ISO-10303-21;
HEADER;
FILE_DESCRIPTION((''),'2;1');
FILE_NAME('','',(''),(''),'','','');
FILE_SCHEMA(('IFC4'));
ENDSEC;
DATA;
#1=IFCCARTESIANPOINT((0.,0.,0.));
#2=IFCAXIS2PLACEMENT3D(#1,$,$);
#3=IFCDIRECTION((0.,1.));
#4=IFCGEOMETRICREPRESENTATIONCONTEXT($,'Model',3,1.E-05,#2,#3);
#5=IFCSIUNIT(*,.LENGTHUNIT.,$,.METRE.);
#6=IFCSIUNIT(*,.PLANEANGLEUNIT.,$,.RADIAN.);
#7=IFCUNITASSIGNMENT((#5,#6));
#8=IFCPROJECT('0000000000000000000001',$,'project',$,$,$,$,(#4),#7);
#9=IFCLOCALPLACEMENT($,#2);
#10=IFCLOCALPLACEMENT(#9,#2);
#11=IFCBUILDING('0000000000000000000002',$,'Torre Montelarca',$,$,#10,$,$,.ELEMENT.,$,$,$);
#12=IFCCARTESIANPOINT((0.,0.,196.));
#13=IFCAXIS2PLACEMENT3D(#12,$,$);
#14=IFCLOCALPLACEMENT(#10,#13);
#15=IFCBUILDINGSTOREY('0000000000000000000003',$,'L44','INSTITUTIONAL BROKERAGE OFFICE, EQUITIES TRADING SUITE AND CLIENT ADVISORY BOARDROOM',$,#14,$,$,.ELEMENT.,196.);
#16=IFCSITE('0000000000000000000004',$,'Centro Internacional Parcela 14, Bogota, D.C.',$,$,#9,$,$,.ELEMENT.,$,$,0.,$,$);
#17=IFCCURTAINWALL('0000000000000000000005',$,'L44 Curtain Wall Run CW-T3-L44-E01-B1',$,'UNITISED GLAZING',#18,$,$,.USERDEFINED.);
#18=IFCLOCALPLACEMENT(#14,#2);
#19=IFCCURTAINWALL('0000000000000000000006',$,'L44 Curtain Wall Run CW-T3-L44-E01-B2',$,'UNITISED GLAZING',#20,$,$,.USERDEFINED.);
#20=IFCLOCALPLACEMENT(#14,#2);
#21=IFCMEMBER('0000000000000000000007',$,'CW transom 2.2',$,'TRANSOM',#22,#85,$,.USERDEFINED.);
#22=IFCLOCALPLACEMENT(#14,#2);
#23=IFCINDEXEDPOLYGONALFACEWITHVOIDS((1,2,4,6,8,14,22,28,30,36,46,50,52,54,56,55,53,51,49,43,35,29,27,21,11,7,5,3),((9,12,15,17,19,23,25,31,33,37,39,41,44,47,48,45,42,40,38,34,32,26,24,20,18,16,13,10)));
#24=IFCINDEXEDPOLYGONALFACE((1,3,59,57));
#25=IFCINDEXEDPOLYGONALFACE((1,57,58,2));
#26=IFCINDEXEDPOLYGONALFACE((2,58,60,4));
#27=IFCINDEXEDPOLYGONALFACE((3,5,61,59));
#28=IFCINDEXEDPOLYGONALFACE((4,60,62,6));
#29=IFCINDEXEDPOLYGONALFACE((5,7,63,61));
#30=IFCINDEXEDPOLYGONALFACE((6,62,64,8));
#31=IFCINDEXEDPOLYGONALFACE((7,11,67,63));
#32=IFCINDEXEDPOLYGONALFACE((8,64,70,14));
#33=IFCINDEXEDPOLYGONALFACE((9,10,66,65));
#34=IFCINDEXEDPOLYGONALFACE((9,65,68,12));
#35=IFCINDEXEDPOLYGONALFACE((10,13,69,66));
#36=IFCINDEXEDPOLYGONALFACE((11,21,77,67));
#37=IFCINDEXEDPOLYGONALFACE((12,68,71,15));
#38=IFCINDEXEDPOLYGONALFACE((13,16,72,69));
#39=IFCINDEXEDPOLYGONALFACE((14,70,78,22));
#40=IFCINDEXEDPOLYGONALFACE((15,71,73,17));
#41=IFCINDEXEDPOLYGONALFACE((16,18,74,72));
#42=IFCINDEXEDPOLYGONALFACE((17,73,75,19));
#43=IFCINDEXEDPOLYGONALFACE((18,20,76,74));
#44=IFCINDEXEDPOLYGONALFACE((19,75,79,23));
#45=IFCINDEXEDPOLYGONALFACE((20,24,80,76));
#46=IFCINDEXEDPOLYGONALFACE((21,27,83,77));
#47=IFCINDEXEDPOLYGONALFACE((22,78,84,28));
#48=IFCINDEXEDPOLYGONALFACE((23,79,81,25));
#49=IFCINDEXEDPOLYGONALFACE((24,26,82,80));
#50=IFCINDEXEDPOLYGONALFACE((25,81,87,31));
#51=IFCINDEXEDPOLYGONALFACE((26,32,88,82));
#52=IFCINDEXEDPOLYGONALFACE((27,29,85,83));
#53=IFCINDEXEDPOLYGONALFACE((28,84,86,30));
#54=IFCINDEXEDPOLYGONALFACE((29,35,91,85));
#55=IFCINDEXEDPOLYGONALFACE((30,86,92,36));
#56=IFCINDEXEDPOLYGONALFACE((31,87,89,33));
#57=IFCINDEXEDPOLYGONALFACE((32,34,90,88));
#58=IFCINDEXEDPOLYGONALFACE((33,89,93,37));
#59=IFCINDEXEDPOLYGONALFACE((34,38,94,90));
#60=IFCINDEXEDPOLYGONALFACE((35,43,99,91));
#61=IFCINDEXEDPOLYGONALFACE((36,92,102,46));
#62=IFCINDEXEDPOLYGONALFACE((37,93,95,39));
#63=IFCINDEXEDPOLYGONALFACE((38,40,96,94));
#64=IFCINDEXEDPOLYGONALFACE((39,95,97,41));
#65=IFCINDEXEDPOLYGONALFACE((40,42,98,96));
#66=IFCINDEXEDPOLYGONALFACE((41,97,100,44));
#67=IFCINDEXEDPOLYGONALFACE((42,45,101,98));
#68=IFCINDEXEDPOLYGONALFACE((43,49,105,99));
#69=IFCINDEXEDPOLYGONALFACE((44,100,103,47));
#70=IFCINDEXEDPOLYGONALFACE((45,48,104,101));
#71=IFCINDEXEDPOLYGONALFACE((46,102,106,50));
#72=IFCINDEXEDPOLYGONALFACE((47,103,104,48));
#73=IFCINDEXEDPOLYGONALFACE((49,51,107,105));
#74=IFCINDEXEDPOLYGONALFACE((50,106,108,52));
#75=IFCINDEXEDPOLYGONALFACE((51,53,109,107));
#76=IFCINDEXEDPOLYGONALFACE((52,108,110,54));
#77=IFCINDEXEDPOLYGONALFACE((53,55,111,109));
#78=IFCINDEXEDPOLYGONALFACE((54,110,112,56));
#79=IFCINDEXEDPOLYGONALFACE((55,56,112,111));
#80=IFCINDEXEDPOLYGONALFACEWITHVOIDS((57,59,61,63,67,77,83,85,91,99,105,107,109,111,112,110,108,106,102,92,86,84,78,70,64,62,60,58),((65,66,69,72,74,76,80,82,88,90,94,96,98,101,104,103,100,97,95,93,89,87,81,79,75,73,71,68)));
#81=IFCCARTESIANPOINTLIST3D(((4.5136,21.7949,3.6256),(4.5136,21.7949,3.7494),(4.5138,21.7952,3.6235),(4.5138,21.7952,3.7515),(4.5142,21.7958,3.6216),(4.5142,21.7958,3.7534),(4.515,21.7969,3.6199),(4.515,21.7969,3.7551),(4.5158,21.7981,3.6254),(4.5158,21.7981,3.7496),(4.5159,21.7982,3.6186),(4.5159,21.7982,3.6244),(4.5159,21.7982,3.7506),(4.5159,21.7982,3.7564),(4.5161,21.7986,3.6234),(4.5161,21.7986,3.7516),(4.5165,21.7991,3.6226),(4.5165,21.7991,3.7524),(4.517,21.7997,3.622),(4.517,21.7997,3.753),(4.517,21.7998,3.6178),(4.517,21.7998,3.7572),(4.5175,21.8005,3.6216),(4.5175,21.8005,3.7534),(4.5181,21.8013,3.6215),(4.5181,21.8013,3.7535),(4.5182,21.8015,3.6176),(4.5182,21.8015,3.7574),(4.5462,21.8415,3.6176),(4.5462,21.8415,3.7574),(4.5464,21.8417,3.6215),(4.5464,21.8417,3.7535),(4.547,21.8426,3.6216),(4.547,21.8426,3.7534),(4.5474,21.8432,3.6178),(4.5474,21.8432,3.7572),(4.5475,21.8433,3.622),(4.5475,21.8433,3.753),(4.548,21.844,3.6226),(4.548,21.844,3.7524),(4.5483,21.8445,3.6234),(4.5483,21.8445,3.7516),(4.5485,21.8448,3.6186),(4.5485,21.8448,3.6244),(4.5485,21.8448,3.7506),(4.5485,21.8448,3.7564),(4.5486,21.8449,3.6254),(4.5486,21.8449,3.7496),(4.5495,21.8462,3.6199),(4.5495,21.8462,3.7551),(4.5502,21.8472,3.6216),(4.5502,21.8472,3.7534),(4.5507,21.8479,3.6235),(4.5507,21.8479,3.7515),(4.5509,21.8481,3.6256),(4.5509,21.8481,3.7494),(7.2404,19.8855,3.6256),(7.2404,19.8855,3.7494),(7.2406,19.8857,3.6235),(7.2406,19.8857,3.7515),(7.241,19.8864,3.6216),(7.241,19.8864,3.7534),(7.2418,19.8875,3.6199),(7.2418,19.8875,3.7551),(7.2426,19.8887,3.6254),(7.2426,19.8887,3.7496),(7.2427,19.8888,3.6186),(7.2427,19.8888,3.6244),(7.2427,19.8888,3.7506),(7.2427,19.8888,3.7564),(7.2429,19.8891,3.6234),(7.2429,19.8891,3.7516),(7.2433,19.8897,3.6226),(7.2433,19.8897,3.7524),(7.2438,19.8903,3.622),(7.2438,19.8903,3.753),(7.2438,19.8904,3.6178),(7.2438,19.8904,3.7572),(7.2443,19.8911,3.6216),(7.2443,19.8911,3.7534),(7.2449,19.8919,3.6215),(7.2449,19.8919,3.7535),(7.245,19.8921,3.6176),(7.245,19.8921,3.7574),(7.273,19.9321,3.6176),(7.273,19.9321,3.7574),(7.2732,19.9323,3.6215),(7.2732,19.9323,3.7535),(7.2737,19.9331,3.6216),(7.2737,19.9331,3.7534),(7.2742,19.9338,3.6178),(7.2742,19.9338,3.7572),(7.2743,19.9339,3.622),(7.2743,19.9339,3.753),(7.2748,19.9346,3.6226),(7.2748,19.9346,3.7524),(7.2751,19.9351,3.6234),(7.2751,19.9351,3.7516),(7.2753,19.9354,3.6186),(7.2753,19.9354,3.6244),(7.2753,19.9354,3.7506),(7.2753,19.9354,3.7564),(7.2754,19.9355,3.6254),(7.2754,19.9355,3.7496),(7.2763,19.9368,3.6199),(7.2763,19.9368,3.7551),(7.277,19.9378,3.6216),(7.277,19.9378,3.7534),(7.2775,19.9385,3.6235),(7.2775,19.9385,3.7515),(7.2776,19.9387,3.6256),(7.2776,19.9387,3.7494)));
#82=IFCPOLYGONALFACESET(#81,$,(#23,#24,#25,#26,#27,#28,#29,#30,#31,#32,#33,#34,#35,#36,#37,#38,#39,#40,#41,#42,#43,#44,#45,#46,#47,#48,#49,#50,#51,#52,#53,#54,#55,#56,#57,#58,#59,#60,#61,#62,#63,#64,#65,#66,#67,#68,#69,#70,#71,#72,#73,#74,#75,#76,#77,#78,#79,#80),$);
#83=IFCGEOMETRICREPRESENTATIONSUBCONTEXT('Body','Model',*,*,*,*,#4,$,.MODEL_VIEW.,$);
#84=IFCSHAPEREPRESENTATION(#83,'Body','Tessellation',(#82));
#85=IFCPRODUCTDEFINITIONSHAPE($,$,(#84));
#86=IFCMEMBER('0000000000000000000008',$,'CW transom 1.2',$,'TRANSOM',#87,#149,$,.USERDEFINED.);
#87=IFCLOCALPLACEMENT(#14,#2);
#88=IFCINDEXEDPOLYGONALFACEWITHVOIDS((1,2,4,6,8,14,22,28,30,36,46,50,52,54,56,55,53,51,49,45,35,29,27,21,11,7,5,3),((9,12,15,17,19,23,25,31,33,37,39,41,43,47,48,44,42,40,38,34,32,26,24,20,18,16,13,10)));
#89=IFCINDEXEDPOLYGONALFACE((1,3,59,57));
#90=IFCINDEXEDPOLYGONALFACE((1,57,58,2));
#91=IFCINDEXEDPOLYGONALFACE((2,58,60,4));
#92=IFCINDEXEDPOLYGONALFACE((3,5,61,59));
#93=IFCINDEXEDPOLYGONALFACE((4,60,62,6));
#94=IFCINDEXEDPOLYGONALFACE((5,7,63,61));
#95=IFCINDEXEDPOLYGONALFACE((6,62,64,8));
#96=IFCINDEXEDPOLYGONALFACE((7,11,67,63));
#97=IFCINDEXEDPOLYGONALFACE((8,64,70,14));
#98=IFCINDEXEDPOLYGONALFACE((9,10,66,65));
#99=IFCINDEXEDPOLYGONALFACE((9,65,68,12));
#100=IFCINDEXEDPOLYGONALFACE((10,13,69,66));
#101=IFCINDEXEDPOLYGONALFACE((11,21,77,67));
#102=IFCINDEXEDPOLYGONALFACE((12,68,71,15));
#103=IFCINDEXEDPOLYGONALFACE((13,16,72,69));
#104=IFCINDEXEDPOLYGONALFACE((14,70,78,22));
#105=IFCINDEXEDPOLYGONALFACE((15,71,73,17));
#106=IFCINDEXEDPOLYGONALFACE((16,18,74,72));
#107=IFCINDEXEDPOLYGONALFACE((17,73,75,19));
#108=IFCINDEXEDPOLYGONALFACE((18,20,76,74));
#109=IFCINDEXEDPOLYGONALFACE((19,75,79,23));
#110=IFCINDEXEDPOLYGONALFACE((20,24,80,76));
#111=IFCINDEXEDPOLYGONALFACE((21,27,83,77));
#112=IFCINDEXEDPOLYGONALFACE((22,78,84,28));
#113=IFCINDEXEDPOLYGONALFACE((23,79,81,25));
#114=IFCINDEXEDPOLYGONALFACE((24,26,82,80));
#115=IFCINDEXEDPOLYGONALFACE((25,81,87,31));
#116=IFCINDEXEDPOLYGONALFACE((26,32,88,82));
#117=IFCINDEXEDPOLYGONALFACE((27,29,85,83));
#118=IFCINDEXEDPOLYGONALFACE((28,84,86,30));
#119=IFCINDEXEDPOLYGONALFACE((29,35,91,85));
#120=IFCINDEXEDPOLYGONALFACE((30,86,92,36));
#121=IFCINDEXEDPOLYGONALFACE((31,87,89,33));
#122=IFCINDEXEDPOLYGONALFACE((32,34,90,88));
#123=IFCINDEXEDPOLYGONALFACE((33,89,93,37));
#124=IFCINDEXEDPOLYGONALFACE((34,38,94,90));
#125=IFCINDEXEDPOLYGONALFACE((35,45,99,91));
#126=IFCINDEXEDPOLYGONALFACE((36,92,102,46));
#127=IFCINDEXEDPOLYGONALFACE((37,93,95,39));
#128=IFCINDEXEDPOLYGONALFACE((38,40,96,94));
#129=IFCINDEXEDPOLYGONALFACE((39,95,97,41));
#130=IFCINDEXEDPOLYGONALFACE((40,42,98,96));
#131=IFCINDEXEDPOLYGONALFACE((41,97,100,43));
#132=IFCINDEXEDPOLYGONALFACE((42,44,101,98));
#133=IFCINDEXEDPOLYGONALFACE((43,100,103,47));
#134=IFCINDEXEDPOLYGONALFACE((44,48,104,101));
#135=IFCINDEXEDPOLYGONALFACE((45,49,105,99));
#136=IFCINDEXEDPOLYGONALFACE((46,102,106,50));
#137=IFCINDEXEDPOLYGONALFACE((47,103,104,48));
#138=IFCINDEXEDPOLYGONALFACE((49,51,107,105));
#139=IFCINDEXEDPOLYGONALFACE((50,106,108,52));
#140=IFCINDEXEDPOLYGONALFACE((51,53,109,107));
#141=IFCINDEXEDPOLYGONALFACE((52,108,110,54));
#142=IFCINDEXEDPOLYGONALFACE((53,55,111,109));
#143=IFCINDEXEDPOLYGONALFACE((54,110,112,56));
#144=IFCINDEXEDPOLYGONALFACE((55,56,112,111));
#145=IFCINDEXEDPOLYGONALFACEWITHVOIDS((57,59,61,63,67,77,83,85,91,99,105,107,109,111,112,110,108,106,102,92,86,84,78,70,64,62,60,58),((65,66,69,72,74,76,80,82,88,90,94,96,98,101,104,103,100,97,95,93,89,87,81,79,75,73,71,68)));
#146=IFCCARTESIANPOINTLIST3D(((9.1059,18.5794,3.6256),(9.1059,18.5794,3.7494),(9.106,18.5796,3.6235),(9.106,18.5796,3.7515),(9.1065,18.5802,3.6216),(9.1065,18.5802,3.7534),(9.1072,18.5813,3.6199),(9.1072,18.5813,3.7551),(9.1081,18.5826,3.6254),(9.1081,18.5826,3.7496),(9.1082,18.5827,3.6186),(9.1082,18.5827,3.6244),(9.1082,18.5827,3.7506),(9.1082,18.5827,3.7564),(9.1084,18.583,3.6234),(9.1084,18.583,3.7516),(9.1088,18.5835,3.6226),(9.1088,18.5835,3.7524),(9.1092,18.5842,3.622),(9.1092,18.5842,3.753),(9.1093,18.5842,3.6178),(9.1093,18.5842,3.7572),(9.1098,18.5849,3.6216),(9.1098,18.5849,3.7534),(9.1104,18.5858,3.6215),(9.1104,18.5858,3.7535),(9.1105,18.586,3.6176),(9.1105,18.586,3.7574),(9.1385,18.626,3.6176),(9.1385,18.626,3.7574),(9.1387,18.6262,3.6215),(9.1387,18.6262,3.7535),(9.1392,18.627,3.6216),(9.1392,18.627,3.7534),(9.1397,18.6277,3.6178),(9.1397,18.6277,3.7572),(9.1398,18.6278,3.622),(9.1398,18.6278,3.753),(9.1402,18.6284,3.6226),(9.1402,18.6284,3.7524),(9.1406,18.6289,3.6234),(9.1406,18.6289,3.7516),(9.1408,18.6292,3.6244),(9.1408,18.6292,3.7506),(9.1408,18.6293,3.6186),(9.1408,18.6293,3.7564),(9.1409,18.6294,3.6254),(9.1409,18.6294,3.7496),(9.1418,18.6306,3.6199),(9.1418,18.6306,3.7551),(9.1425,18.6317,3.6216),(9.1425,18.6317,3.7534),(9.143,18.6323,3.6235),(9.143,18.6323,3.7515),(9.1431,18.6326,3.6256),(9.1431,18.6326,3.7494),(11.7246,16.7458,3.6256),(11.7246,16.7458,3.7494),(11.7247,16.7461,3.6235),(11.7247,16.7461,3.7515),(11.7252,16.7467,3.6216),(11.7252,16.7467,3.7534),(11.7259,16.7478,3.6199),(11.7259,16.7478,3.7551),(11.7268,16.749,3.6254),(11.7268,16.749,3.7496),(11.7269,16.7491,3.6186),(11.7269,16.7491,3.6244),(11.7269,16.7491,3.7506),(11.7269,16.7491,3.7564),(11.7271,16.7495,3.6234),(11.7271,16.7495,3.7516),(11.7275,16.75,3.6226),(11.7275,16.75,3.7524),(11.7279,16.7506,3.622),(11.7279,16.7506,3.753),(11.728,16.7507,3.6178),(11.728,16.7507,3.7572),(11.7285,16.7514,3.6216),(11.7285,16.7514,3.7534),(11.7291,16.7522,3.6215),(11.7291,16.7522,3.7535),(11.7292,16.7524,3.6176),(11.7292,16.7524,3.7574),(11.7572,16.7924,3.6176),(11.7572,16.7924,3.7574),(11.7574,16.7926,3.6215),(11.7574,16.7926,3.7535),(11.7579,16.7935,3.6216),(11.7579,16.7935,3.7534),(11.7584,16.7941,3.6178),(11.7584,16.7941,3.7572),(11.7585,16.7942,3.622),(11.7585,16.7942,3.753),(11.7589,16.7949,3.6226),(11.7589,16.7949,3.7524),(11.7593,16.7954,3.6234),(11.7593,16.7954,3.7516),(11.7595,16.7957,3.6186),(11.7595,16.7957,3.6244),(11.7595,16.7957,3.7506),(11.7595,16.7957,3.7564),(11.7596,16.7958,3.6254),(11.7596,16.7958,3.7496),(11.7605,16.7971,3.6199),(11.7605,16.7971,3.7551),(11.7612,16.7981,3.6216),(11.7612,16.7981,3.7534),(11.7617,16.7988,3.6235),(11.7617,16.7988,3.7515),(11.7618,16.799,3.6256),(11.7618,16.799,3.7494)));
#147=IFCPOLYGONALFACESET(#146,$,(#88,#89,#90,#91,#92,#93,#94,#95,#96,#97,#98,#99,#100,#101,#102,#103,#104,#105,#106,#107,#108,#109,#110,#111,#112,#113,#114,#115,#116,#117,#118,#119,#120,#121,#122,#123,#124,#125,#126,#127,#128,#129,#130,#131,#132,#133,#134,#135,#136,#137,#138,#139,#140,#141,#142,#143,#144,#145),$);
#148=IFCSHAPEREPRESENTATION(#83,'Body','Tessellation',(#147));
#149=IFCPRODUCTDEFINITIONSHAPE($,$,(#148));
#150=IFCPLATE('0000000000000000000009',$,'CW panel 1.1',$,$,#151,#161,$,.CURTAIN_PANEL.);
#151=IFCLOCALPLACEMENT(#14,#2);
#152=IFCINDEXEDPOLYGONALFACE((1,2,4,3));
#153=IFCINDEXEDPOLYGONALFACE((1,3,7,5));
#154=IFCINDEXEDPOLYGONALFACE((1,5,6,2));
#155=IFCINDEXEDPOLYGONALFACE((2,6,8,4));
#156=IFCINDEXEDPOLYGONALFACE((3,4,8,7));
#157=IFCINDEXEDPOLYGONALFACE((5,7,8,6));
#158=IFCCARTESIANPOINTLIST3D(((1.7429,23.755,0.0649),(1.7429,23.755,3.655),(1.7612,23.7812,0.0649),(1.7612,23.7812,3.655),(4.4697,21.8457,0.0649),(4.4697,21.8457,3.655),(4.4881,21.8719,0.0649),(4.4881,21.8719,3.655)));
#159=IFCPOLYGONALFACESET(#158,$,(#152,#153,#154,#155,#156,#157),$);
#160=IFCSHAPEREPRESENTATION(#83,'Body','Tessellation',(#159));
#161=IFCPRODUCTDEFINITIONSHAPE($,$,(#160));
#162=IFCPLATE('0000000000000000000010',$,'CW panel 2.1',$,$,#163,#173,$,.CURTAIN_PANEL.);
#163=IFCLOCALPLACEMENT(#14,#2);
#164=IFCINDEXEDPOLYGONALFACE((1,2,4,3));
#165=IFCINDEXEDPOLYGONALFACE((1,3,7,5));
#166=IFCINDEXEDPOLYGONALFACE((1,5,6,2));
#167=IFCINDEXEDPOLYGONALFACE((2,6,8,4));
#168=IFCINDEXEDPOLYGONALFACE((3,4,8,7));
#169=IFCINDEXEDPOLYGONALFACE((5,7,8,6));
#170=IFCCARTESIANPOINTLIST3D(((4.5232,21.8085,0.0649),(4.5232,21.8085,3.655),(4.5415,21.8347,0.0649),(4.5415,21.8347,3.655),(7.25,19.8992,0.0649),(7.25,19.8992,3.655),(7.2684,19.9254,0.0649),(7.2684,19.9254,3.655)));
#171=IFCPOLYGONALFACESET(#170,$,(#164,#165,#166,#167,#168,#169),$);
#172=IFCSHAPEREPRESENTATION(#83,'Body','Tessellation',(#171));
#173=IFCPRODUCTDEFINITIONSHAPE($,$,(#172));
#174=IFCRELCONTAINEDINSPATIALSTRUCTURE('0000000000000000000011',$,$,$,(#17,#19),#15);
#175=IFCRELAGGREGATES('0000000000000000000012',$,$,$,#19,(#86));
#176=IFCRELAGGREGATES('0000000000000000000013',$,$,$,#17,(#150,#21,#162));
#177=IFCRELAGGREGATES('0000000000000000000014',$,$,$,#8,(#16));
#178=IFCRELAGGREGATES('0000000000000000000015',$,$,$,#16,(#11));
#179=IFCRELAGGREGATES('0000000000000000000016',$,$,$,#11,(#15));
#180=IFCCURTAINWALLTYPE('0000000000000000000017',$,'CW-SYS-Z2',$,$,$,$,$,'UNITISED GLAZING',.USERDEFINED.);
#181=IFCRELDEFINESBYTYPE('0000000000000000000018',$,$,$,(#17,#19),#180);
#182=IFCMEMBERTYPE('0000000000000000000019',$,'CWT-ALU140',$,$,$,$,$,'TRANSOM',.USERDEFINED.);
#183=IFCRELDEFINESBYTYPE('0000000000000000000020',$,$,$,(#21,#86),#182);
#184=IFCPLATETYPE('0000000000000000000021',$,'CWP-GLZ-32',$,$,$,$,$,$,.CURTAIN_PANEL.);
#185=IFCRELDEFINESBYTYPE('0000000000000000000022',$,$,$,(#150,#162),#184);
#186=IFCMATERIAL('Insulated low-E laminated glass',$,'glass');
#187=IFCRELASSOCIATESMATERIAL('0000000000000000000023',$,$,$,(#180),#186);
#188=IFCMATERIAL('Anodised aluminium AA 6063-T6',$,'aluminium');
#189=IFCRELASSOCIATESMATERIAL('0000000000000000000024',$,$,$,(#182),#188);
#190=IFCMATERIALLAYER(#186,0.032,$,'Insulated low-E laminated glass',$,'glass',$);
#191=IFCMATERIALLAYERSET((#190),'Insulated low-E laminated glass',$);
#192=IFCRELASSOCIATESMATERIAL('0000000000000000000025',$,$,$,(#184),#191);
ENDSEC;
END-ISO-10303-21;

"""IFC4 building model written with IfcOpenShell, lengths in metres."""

from ifc_helpers import new_model, si_unit, direction, frame, origin, origin_2d, place, context, subcontext, project, spatial, rectangle, hollow_rectangle, extrude, source, transform, mapped, material, layer, layer_set, material_profile, profile_set, type_object, element, aggregate, save


model = new_model("IFC4")

# Units and contexts
model_context = context("Model", 3, precision=1e-05, world=origin(), true_north=direction((0.0, 1.0)))
body_context = subcontext(model_context, "Body", "Model", "MODEL_VIEW")
ifc_project = project(units=[si_unit("LENGTHUNIT", "METRE"), si_unit("PLANEANGLEUNIT", "RADIAN")], contexts=[model_context])

# Site, building, storey
site_placement = place(None, origin())
site = spatial("IfcSite", under=ifc_project, at=site_placement, Name="Centro Internacional Parcela 14, Bogota, D.C.", CompositionType="ELEMENT", RefElevation=0.0)
building_placement = place(site_placement, origin())
building = spatial("IfcBuilding", under=site, at=building_placement, Name="Torre Montelarca", CompositionType="ELEMENT")
storey_placement = place(building_placement, frame((0.0, 0.0, 196.0)))
storey = spatial("IfcBuildingStorey", under=building, at=storey_placement, Name="L44", Description="INSTITUTIONAL BROKERAGE OFFICE, EQUITIES TRADING SUITE AND CLIENT ADVISORY BOARDROOM", CompositionType="ELEMENT", Elevation=196.0)

# Curtain wall
ifc_material_1 = material(Name="Insulated low-E laminated glass", Category="glass")
curtain_wall_type = type_object("IfcCurtainWallType", Name="CW-SYS-Z2", ElementType="UNITISED GLAZING", PredefinedType="USERDEFINED", material=ifc_material_1)
curtain_wall_1_placement = place(storey_placement, origin())
curtain_wall_1 = element("IfcCurtainWall", 1, at=curtain_wall_1_placement, inside=storey, type_object=curtain_wall_type, Name="L44 Curtain Wall Run CW-T3-L44-E01-B1", ObjectType="UNITISED GLAZING", PredefinedType="USERDEFINED")
ifc_material_2 = material(Name="Anodised aluminium AA 6063-T6", Category="aluminium")

# Curtain wall
curtain_wall_2_placement = place(storey_placement, origin())
curtain_wall_2 = element("IfcCurtainWall", 2, at=curtain_wall_2_placement, inside=storey, type_object=curtain_wall_type, Name="L44 Curtain Wall Run CW-T3-L44-E01-B2", ObjectType="UNITISED GLAZING", PredefinedType="USERDEFINED")

# Members
ifc_material_profile_1 = material_profile(ifc_material_2, hollow_rectangle(XDim=0.0649, YDim=0.1399, WallThickness=0.0039, InnerFilletRadius=0.0039, OuterFilletRadius=0.0081, at=origin_2d()), Name="ALU65X140X4", Category="aluminium")
ifc_profile_set_1 = profile_set([ifc_material_profile_1], Name="Anodised aluminium AA 6063-T6")
member_type_1 = type_object("IfcMemberType", Name="CWT-ALU140", ElementType="TRANSOM", PredefinedType="USERDEFINED", material=ifc_profile_set_1)
shared_shape_1 = source(origin(), body_context, "Body", "SweptSolid", [
    extrude(hollow_rectangle(XDim=0.0649, YDim=0.1399, WallThickness=0.0039, InnerFilletRadius=0.0039, OuterFilletRadius=0.0081, at=origin_2d()), origin(), (0.0, 0.0, 1.0), 3.3289),
])
member_1_placement = place(storey_placement, frame((4.5322, 21.8215, 3.6875), z_axis=(0.819139, -0.573595, 0.0), x_axis=(0.573595, 0.819139, 0.0)))
member_1 = element("IfcMember", 3, at=member_1_placement, type_object=member_type_1, Name="CW transom 2.2", ObjectType="TRANSOM", PredefinedType="USERDEFINED", context=body_context, shape_type="MappedRepresentation", body=[
    mapped(shared_shape_1, transform((0.0, 0.0, 0.0), scale=1.0)),
])
shared_shape_2 = source(origin(), body_context, "Body", "SweptSolid", [
    extrude(hollow_rectangle(XDim=0.0649, YDim=0.1399, WallThickness=0.0039, InnerFilletRadius=0.0039, OuterFilletRadius=0.0081, at=origin_2d()), origin(), (0.0, 0.0, 1.0), 3.1968),
])
member_2_placement = place(storey_placement, frame((9.1245, 18.606, 3.6875), z_axis=(0.819167, -0.573555, 0.0), x_axis=(0.573555, 0.819167, 0.0)))
member_2 = element("IfcMember", 4, at=member_2_placement, type_object=member_type_1, Name="CW transom 1.2", ObjectType="TRANSOM", PredefinedType="USERDEFINED", context=body_context, shape_type="MappedRepresentation", body=[
    mapped(shared_shape_2, transform((0.0, 0.0, 0.0), scale=1.0)),
])
aggregate(curtain_wall_2, [member_2])

# Plates
ifc_layer_1 = layer(ifc_material_1, 0.032, Name="Insulated low-E laminated glass", Category="glass")
ifc_layer_set_1 = layer_set([ifc_layer_1], Name="Insulated low-E laminated glass")
plate_type = type_object("IfcPlateType", Name="CWP-GLZ-32", PredefinedType="CURTAIN_PANEL", material=ifc_layer_set_1)
shared_shape_3 = source(origin(), body_context, "Body", "SweptSolid", [
    extrude(rectangle(XDim=3.3289, YDim=0.032, at=origin_2d()), origin(), (0.0, 0.0, 1.0), 3.5901),
])
plate_1_placement = place(storey_placement, frame((3.1155, 22.8135, 0.0649), z_axis=(0.0, 0.0, 1.0), x_axis=(0.819158, -0.573568, 0.0)))
plate_1 = element("IfcPlate", 5, at=plate_1_placement, type_object=plate_type, Name="CW panel 1.1", PredefinedType="CURTAIN_PANEL", context=body_context, shape_type="MappedRepresentation", body=[
    mapped(shared_shape_3, transform((0.0, 0.0, 0.0), scale=1.0)),
])
plate_2_placement = place(storey_placement, frame((5.8958, 20.8669, 0.0649), z_axis=(0.0, 0.0, 1.0), x_axis=(0.819158, -0.573568, 0.0)))
plate_2 = element("IfcPlate", 6, at=plate_2_placement, type_object=plate_type, Name="CW panel 2.1", PredefinedType="CURTAIN_PANEL", context=body_context, shape_type="MappedRepresentation", body=[
    mapped(shared_shape_3, transform((0.0, 0.0, 0.0), scale=1.0)),
])
aggregate(curtain_wall_1, [plate_1, member_1, plate_2])

save(model, "model.ifc")
